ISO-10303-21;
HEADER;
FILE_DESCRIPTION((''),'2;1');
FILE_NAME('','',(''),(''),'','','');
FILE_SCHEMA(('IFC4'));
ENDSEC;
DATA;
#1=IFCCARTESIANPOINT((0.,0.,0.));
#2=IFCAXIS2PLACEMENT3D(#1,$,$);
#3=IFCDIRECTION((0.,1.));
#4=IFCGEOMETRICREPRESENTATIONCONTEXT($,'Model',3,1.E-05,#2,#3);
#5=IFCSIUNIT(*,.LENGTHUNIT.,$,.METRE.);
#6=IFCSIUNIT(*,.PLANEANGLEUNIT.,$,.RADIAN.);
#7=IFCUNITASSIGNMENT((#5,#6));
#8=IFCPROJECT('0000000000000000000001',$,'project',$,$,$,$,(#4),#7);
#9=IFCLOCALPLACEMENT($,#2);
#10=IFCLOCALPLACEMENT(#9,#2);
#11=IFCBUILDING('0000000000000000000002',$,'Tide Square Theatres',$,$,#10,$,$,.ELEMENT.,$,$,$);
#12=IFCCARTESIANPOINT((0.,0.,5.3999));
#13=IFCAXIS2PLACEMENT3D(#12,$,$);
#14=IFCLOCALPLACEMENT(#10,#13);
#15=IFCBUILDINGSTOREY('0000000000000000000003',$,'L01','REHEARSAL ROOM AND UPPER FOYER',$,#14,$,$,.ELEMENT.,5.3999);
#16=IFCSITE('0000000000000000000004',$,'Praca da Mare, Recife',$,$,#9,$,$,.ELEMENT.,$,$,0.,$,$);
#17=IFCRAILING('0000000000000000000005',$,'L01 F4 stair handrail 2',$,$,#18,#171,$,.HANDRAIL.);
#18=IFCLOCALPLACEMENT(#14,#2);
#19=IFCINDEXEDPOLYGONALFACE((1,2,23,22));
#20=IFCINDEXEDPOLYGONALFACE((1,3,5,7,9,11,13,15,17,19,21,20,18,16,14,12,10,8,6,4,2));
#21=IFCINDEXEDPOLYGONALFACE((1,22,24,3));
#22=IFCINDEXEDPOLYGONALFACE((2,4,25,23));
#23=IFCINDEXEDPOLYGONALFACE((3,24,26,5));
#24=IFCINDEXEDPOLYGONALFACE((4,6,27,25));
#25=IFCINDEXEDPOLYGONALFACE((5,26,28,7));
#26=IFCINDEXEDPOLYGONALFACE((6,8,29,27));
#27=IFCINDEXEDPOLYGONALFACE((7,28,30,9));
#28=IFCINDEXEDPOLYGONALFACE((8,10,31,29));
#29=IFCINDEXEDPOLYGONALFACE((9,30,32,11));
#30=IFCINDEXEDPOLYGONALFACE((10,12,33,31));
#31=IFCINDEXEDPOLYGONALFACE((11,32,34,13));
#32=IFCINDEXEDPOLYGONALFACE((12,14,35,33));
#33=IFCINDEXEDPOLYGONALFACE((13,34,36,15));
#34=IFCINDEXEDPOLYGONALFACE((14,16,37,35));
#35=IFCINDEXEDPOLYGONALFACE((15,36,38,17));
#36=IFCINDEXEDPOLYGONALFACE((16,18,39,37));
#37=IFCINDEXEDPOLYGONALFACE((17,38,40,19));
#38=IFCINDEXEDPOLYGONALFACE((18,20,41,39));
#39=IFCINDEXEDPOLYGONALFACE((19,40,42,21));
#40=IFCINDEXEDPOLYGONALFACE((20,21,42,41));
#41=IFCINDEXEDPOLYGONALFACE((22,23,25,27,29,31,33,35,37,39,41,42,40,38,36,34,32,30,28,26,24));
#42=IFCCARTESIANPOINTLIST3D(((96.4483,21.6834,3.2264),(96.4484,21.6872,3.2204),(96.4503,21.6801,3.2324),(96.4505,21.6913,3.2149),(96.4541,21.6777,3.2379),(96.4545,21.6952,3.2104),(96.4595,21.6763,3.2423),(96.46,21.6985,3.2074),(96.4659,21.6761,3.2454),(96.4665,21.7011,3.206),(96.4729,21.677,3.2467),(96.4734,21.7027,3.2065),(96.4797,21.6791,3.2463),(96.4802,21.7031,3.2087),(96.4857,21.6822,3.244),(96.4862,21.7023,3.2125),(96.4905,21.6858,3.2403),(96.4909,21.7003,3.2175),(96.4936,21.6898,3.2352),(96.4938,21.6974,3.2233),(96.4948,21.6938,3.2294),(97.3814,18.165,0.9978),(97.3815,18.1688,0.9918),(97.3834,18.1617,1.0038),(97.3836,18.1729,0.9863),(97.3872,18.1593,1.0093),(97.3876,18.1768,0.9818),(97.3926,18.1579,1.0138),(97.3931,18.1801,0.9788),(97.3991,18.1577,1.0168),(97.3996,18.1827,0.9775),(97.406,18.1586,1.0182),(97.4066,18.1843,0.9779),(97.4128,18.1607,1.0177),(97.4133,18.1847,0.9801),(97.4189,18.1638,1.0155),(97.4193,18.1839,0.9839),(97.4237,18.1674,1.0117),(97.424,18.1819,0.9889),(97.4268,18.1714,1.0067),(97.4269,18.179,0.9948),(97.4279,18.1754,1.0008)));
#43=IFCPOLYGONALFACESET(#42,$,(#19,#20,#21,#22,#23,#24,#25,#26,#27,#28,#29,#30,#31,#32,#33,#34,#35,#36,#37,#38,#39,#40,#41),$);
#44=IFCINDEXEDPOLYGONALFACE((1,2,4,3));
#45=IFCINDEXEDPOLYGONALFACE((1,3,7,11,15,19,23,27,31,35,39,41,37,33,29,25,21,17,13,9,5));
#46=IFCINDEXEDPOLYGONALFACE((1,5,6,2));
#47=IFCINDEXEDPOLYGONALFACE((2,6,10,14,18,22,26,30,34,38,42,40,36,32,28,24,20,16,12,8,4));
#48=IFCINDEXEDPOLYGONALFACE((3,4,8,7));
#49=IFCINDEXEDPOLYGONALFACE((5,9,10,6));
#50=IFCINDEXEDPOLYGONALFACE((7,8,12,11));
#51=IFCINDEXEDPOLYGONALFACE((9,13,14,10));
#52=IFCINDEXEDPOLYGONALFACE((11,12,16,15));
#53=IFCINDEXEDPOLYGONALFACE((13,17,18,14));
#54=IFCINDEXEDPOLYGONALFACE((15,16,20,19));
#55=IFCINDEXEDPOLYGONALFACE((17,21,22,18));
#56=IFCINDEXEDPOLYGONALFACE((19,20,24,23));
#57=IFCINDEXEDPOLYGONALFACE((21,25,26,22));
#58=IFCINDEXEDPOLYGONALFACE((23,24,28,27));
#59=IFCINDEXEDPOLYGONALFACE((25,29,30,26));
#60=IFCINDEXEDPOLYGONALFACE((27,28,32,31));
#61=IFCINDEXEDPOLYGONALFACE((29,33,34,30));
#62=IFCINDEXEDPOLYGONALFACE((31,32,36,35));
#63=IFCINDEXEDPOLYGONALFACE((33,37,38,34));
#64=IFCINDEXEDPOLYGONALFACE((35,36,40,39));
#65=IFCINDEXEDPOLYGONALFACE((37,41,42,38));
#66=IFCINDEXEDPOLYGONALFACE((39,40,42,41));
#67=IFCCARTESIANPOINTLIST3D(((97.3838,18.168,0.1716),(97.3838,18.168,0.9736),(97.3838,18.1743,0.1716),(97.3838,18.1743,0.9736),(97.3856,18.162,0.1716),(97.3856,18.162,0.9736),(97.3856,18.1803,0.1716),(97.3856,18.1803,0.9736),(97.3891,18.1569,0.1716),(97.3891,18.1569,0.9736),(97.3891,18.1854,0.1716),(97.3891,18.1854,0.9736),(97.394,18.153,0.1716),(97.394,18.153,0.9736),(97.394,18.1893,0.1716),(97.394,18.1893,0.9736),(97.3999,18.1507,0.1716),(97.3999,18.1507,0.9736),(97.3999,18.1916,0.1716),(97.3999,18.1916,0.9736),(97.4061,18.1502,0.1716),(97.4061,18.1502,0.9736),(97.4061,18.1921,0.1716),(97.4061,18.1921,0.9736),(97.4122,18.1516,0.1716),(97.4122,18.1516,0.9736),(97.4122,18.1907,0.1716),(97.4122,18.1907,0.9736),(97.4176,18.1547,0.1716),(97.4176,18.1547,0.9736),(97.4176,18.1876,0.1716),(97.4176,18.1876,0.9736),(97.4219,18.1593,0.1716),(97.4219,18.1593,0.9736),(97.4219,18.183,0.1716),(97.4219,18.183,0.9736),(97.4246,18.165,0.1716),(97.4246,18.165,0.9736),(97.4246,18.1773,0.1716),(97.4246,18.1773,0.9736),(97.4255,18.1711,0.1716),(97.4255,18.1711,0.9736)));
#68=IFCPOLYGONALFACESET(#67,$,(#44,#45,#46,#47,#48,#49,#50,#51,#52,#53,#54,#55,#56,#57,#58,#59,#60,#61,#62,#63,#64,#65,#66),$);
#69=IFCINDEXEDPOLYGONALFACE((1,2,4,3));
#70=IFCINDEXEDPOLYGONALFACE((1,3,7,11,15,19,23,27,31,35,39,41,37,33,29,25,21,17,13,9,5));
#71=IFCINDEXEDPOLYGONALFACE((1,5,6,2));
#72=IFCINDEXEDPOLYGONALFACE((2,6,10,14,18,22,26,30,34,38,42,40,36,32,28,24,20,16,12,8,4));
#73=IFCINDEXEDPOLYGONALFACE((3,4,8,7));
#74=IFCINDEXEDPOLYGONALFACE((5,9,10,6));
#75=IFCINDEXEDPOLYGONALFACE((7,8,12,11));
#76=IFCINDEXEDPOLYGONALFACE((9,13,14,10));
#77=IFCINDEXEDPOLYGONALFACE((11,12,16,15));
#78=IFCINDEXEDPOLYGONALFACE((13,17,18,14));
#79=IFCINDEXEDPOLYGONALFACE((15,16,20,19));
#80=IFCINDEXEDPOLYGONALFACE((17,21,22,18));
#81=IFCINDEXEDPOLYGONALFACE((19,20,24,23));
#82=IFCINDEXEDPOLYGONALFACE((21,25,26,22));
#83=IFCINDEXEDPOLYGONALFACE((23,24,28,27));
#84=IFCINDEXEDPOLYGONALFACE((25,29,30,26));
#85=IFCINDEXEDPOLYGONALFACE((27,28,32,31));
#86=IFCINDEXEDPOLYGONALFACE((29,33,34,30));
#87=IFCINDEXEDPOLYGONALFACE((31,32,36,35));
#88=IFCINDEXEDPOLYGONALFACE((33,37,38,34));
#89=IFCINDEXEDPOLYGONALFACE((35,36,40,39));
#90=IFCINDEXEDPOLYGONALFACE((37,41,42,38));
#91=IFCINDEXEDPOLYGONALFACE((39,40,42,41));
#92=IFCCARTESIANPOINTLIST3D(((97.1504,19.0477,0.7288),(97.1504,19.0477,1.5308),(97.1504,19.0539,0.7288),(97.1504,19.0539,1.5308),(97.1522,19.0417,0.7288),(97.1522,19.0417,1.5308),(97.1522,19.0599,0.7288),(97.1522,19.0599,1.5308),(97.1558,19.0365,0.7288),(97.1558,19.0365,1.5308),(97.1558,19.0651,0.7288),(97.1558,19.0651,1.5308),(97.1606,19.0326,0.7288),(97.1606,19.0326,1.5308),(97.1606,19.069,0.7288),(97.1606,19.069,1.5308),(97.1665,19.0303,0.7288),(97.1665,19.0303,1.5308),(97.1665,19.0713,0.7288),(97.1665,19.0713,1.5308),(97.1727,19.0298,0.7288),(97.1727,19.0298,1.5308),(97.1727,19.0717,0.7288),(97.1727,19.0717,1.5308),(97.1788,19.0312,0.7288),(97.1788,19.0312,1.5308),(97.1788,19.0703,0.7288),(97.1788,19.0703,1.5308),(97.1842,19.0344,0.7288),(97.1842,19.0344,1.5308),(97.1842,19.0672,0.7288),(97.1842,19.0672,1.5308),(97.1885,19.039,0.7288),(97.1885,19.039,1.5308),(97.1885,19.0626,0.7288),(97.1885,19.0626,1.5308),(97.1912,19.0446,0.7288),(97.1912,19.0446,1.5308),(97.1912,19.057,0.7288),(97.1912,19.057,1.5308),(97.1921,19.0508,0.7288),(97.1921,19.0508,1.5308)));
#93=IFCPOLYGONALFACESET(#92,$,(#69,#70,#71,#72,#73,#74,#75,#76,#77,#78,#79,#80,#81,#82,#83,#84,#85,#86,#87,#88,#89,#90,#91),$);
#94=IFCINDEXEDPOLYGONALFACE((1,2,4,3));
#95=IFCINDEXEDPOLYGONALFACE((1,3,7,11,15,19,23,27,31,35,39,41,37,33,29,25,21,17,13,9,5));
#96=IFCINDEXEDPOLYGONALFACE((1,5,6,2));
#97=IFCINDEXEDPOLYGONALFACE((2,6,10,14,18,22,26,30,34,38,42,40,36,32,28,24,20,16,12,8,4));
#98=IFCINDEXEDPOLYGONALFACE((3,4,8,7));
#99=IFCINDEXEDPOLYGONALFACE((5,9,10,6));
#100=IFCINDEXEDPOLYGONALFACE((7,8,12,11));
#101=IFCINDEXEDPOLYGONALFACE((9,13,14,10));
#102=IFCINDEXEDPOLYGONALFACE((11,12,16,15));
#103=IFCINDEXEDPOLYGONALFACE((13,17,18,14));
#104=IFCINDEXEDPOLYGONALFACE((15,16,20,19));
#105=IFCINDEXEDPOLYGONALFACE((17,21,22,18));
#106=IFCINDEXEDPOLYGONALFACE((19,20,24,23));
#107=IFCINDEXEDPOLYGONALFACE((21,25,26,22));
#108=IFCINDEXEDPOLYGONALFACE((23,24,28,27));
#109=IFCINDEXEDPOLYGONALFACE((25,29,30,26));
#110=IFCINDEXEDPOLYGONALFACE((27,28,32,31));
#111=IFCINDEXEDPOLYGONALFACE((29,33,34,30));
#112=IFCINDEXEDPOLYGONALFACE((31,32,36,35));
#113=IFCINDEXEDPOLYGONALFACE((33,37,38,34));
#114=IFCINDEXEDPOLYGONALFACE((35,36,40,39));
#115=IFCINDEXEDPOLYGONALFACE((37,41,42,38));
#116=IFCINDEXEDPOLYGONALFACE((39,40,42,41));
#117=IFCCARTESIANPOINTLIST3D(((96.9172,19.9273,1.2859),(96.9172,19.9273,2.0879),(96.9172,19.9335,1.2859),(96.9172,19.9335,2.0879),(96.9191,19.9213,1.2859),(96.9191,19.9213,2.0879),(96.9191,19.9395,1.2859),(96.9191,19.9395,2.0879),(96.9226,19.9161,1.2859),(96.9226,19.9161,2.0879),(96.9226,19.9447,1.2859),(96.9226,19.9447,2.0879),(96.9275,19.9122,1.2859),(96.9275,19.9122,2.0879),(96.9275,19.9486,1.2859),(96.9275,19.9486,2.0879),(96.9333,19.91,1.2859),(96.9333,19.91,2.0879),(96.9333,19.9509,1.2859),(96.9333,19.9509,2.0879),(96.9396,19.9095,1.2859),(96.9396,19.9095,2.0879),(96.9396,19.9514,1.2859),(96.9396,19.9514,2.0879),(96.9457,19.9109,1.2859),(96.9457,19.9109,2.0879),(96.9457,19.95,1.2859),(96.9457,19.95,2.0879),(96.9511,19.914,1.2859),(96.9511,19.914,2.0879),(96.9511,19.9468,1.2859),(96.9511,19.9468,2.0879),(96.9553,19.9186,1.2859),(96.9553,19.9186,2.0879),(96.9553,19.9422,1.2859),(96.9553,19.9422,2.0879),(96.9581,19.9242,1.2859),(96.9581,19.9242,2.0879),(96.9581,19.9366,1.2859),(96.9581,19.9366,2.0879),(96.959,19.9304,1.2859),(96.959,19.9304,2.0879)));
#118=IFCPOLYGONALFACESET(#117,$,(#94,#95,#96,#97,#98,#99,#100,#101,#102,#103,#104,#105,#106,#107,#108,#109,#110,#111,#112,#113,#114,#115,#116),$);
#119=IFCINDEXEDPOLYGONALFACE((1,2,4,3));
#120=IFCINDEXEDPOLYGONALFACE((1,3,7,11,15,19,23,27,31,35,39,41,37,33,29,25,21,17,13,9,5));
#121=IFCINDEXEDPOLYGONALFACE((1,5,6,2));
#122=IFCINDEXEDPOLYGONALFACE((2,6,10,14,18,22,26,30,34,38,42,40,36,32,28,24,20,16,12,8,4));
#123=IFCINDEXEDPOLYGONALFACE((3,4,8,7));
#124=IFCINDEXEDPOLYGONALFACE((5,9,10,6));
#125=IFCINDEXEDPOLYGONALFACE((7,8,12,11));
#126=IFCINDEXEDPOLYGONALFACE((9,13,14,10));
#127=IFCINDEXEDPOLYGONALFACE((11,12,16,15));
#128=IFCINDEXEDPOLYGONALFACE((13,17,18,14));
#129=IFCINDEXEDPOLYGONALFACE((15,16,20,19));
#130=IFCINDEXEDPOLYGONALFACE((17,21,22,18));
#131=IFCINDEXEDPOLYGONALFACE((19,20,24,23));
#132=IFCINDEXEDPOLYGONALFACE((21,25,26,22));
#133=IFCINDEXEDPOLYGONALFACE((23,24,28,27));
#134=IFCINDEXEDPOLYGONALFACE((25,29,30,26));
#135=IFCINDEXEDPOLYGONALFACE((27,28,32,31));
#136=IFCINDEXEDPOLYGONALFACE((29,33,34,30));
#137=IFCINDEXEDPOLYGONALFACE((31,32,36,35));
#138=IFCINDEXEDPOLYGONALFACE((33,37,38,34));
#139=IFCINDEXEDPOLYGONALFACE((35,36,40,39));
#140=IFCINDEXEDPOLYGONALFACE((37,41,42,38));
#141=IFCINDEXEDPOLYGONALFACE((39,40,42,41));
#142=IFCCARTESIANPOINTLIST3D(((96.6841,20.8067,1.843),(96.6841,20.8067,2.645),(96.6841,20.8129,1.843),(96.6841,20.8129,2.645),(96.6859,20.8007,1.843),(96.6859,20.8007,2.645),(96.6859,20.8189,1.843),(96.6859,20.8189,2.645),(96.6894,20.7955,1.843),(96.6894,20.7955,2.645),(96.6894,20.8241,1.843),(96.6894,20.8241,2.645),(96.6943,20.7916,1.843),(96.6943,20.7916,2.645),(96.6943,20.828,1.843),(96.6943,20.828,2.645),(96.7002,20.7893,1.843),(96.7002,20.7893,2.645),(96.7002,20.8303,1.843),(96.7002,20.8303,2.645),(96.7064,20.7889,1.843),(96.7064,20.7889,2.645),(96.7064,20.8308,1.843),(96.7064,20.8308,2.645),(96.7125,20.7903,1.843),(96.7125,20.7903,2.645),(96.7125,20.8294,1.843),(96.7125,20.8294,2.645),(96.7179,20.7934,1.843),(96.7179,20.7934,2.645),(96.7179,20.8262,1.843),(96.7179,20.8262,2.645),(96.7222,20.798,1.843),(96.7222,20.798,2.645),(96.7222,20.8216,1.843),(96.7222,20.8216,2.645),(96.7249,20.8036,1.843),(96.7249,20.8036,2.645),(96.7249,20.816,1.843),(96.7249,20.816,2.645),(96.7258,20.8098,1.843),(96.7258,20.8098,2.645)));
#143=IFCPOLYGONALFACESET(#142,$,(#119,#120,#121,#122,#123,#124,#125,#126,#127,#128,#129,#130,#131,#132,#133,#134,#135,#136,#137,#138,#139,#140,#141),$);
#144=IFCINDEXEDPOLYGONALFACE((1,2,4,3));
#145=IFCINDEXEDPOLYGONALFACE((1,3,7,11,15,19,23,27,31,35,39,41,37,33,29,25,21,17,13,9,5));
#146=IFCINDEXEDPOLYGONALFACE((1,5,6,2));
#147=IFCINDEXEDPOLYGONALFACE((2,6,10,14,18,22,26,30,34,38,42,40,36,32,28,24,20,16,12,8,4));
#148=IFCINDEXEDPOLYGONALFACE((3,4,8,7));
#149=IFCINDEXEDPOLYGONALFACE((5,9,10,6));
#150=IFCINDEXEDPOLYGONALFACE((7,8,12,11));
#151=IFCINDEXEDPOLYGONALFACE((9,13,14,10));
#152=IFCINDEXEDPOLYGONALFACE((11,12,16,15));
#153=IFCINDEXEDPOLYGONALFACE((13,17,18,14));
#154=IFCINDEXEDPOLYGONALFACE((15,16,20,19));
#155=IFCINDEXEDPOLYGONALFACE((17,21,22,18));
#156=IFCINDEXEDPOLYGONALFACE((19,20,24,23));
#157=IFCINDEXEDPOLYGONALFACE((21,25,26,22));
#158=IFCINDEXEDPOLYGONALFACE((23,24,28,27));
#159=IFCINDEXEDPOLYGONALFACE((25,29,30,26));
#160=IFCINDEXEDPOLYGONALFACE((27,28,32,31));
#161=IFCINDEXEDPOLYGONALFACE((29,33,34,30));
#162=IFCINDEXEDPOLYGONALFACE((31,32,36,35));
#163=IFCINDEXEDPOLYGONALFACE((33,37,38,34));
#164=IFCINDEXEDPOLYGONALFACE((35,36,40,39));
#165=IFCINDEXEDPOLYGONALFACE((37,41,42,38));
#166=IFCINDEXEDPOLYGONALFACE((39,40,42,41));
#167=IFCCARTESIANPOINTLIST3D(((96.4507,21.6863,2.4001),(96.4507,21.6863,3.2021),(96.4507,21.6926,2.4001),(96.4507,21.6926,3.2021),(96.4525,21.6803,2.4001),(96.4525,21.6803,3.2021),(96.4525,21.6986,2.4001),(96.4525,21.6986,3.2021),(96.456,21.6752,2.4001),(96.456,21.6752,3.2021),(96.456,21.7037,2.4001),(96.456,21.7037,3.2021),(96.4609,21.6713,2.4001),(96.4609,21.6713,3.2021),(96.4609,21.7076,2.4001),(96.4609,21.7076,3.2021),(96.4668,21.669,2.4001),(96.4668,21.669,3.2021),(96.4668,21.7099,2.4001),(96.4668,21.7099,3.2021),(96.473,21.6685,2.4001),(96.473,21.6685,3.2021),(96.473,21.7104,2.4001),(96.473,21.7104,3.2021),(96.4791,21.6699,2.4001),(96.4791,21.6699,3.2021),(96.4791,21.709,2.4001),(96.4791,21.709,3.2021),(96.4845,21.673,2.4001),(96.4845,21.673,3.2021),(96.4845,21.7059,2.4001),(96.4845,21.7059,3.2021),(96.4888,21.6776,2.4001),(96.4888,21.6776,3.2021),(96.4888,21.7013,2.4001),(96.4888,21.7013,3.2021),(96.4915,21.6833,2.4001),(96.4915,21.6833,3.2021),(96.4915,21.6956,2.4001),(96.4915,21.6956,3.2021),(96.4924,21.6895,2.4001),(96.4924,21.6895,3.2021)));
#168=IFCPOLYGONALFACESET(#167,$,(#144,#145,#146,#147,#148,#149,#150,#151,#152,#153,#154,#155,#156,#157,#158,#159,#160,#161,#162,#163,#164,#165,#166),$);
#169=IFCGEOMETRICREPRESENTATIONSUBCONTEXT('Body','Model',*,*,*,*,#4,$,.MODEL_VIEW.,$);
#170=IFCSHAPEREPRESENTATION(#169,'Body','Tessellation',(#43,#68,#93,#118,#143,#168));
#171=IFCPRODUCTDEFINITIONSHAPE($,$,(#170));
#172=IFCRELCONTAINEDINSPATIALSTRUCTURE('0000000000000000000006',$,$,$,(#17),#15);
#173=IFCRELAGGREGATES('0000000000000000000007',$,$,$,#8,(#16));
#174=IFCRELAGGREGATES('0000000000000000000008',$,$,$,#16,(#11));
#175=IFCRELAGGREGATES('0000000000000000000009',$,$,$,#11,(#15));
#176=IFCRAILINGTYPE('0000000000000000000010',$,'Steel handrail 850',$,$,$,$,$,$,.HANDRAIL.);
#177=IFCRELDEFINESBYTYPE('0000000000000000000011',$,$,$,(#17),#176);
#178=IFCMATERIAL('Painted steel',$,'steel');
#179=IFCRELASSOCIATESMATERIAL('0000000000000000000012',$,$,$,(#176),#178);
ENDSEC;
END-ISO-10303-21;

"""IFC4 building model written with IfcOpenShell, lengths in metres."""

from ifc_helpers import new_model, si_unit, direction, frame, origin, origin_2d, place, context, subcontext, project, spatial, circle, extrude, material, type_object, element, save


model = new_model("IFC4")

# Units and contexts
model_context = context("Model", 3, precision=1e-05, world=origin(), true_north=direction((0.0, 1.0)))
body_context = subcontext(model_context, "Body", "Model", "MODEL_VIEW")
ifc_project = project(units=[si_unit("LENGTHUNIT", "METRE"), si_unit("PLANEANGLEUNIT", "RADIAN")], contexts=[model_context])

# Site, building, storey
site_placement = place(None, origin())
site = spatial("IfcSite", under=ifc_project, at=site_placement, Name="Praca da Mare, Recife", CompositionType="ELEMENT", RefElevation=0.0)
building_placement = place(site_placement, origin())
building = spatial("IfcBuilding", under=site, at=building_placement, Name="Tide Square Theatres", CompositionType="ELEMENT")
storey_placement = place(building_placement, frame((0.0, 0.0, 5.3999)))
storey = spatial("IfcBuildingStorey", under=building, at=storey_placement, Name="L01", Description="REHEARSAL ROOM AND UPPER FOYER", CompositionType="ELEMENT", Elevation=5.3999)

# Railing
ifc_material_1 = material(Name="Painted steel", Category="steel")
railing_type_1 = type_object("IfcRailingType", Name="Steel handrail 850", PredefinedType="HANDRAIL", material=ifc_material_1)
for number, where, name in (
    (1, (97.4045, 18.1711, 0.1716), "L01 F4 stair handrail 2"),
):
    element("IfcRailing", number, at=place(storey_placement, frame(where)), inside=storey, type_object=railing_type_1, Name=name, PredefinedType="HANDRAIL", context=body_context, shape_type="SweptSolid", body=[
        extrude(circle(Radius=0.0239, at=origin_2d()), frame((0.0, 0.0, 0.8262), z_axis=(-0.21863, 0.824354, 0.52215), x_axis=(-0.966584, -0.256352, 0.0)), (0.0, 0.0, 1.0), 4.2681),
        extrude(circle(Radius=0.021, at=origin_2d()), origin(), (0.0, 0.0, 1.0), 0.802),
        extrude(circle(Radius=0.021, at=origin_2d()), frame((-0.2334, 0.8796, 0.5571)), (0.0, 0.0, 1.0), 0.802),
        extrude(circle(Radius=0.021, at=origin_2d()), frame((-0.4666, 1.7593, 1.1143)), (0.0, 0.0, 1.0), 0.802),
        extrude(circle(Radius=0.021, at=origin_2d()), frame((-0.6997, 2.6387, 1.6714)), (0.0, 0.0, 1.0), 0.802),
        extrude(circle(Radius=0.021, at=origin_2d()), frame((-0.9331, 3.5183, 2.2285)), (0.0, 0.0, 1.0), 0.802),
    ])

save(model, "model.ifc")
